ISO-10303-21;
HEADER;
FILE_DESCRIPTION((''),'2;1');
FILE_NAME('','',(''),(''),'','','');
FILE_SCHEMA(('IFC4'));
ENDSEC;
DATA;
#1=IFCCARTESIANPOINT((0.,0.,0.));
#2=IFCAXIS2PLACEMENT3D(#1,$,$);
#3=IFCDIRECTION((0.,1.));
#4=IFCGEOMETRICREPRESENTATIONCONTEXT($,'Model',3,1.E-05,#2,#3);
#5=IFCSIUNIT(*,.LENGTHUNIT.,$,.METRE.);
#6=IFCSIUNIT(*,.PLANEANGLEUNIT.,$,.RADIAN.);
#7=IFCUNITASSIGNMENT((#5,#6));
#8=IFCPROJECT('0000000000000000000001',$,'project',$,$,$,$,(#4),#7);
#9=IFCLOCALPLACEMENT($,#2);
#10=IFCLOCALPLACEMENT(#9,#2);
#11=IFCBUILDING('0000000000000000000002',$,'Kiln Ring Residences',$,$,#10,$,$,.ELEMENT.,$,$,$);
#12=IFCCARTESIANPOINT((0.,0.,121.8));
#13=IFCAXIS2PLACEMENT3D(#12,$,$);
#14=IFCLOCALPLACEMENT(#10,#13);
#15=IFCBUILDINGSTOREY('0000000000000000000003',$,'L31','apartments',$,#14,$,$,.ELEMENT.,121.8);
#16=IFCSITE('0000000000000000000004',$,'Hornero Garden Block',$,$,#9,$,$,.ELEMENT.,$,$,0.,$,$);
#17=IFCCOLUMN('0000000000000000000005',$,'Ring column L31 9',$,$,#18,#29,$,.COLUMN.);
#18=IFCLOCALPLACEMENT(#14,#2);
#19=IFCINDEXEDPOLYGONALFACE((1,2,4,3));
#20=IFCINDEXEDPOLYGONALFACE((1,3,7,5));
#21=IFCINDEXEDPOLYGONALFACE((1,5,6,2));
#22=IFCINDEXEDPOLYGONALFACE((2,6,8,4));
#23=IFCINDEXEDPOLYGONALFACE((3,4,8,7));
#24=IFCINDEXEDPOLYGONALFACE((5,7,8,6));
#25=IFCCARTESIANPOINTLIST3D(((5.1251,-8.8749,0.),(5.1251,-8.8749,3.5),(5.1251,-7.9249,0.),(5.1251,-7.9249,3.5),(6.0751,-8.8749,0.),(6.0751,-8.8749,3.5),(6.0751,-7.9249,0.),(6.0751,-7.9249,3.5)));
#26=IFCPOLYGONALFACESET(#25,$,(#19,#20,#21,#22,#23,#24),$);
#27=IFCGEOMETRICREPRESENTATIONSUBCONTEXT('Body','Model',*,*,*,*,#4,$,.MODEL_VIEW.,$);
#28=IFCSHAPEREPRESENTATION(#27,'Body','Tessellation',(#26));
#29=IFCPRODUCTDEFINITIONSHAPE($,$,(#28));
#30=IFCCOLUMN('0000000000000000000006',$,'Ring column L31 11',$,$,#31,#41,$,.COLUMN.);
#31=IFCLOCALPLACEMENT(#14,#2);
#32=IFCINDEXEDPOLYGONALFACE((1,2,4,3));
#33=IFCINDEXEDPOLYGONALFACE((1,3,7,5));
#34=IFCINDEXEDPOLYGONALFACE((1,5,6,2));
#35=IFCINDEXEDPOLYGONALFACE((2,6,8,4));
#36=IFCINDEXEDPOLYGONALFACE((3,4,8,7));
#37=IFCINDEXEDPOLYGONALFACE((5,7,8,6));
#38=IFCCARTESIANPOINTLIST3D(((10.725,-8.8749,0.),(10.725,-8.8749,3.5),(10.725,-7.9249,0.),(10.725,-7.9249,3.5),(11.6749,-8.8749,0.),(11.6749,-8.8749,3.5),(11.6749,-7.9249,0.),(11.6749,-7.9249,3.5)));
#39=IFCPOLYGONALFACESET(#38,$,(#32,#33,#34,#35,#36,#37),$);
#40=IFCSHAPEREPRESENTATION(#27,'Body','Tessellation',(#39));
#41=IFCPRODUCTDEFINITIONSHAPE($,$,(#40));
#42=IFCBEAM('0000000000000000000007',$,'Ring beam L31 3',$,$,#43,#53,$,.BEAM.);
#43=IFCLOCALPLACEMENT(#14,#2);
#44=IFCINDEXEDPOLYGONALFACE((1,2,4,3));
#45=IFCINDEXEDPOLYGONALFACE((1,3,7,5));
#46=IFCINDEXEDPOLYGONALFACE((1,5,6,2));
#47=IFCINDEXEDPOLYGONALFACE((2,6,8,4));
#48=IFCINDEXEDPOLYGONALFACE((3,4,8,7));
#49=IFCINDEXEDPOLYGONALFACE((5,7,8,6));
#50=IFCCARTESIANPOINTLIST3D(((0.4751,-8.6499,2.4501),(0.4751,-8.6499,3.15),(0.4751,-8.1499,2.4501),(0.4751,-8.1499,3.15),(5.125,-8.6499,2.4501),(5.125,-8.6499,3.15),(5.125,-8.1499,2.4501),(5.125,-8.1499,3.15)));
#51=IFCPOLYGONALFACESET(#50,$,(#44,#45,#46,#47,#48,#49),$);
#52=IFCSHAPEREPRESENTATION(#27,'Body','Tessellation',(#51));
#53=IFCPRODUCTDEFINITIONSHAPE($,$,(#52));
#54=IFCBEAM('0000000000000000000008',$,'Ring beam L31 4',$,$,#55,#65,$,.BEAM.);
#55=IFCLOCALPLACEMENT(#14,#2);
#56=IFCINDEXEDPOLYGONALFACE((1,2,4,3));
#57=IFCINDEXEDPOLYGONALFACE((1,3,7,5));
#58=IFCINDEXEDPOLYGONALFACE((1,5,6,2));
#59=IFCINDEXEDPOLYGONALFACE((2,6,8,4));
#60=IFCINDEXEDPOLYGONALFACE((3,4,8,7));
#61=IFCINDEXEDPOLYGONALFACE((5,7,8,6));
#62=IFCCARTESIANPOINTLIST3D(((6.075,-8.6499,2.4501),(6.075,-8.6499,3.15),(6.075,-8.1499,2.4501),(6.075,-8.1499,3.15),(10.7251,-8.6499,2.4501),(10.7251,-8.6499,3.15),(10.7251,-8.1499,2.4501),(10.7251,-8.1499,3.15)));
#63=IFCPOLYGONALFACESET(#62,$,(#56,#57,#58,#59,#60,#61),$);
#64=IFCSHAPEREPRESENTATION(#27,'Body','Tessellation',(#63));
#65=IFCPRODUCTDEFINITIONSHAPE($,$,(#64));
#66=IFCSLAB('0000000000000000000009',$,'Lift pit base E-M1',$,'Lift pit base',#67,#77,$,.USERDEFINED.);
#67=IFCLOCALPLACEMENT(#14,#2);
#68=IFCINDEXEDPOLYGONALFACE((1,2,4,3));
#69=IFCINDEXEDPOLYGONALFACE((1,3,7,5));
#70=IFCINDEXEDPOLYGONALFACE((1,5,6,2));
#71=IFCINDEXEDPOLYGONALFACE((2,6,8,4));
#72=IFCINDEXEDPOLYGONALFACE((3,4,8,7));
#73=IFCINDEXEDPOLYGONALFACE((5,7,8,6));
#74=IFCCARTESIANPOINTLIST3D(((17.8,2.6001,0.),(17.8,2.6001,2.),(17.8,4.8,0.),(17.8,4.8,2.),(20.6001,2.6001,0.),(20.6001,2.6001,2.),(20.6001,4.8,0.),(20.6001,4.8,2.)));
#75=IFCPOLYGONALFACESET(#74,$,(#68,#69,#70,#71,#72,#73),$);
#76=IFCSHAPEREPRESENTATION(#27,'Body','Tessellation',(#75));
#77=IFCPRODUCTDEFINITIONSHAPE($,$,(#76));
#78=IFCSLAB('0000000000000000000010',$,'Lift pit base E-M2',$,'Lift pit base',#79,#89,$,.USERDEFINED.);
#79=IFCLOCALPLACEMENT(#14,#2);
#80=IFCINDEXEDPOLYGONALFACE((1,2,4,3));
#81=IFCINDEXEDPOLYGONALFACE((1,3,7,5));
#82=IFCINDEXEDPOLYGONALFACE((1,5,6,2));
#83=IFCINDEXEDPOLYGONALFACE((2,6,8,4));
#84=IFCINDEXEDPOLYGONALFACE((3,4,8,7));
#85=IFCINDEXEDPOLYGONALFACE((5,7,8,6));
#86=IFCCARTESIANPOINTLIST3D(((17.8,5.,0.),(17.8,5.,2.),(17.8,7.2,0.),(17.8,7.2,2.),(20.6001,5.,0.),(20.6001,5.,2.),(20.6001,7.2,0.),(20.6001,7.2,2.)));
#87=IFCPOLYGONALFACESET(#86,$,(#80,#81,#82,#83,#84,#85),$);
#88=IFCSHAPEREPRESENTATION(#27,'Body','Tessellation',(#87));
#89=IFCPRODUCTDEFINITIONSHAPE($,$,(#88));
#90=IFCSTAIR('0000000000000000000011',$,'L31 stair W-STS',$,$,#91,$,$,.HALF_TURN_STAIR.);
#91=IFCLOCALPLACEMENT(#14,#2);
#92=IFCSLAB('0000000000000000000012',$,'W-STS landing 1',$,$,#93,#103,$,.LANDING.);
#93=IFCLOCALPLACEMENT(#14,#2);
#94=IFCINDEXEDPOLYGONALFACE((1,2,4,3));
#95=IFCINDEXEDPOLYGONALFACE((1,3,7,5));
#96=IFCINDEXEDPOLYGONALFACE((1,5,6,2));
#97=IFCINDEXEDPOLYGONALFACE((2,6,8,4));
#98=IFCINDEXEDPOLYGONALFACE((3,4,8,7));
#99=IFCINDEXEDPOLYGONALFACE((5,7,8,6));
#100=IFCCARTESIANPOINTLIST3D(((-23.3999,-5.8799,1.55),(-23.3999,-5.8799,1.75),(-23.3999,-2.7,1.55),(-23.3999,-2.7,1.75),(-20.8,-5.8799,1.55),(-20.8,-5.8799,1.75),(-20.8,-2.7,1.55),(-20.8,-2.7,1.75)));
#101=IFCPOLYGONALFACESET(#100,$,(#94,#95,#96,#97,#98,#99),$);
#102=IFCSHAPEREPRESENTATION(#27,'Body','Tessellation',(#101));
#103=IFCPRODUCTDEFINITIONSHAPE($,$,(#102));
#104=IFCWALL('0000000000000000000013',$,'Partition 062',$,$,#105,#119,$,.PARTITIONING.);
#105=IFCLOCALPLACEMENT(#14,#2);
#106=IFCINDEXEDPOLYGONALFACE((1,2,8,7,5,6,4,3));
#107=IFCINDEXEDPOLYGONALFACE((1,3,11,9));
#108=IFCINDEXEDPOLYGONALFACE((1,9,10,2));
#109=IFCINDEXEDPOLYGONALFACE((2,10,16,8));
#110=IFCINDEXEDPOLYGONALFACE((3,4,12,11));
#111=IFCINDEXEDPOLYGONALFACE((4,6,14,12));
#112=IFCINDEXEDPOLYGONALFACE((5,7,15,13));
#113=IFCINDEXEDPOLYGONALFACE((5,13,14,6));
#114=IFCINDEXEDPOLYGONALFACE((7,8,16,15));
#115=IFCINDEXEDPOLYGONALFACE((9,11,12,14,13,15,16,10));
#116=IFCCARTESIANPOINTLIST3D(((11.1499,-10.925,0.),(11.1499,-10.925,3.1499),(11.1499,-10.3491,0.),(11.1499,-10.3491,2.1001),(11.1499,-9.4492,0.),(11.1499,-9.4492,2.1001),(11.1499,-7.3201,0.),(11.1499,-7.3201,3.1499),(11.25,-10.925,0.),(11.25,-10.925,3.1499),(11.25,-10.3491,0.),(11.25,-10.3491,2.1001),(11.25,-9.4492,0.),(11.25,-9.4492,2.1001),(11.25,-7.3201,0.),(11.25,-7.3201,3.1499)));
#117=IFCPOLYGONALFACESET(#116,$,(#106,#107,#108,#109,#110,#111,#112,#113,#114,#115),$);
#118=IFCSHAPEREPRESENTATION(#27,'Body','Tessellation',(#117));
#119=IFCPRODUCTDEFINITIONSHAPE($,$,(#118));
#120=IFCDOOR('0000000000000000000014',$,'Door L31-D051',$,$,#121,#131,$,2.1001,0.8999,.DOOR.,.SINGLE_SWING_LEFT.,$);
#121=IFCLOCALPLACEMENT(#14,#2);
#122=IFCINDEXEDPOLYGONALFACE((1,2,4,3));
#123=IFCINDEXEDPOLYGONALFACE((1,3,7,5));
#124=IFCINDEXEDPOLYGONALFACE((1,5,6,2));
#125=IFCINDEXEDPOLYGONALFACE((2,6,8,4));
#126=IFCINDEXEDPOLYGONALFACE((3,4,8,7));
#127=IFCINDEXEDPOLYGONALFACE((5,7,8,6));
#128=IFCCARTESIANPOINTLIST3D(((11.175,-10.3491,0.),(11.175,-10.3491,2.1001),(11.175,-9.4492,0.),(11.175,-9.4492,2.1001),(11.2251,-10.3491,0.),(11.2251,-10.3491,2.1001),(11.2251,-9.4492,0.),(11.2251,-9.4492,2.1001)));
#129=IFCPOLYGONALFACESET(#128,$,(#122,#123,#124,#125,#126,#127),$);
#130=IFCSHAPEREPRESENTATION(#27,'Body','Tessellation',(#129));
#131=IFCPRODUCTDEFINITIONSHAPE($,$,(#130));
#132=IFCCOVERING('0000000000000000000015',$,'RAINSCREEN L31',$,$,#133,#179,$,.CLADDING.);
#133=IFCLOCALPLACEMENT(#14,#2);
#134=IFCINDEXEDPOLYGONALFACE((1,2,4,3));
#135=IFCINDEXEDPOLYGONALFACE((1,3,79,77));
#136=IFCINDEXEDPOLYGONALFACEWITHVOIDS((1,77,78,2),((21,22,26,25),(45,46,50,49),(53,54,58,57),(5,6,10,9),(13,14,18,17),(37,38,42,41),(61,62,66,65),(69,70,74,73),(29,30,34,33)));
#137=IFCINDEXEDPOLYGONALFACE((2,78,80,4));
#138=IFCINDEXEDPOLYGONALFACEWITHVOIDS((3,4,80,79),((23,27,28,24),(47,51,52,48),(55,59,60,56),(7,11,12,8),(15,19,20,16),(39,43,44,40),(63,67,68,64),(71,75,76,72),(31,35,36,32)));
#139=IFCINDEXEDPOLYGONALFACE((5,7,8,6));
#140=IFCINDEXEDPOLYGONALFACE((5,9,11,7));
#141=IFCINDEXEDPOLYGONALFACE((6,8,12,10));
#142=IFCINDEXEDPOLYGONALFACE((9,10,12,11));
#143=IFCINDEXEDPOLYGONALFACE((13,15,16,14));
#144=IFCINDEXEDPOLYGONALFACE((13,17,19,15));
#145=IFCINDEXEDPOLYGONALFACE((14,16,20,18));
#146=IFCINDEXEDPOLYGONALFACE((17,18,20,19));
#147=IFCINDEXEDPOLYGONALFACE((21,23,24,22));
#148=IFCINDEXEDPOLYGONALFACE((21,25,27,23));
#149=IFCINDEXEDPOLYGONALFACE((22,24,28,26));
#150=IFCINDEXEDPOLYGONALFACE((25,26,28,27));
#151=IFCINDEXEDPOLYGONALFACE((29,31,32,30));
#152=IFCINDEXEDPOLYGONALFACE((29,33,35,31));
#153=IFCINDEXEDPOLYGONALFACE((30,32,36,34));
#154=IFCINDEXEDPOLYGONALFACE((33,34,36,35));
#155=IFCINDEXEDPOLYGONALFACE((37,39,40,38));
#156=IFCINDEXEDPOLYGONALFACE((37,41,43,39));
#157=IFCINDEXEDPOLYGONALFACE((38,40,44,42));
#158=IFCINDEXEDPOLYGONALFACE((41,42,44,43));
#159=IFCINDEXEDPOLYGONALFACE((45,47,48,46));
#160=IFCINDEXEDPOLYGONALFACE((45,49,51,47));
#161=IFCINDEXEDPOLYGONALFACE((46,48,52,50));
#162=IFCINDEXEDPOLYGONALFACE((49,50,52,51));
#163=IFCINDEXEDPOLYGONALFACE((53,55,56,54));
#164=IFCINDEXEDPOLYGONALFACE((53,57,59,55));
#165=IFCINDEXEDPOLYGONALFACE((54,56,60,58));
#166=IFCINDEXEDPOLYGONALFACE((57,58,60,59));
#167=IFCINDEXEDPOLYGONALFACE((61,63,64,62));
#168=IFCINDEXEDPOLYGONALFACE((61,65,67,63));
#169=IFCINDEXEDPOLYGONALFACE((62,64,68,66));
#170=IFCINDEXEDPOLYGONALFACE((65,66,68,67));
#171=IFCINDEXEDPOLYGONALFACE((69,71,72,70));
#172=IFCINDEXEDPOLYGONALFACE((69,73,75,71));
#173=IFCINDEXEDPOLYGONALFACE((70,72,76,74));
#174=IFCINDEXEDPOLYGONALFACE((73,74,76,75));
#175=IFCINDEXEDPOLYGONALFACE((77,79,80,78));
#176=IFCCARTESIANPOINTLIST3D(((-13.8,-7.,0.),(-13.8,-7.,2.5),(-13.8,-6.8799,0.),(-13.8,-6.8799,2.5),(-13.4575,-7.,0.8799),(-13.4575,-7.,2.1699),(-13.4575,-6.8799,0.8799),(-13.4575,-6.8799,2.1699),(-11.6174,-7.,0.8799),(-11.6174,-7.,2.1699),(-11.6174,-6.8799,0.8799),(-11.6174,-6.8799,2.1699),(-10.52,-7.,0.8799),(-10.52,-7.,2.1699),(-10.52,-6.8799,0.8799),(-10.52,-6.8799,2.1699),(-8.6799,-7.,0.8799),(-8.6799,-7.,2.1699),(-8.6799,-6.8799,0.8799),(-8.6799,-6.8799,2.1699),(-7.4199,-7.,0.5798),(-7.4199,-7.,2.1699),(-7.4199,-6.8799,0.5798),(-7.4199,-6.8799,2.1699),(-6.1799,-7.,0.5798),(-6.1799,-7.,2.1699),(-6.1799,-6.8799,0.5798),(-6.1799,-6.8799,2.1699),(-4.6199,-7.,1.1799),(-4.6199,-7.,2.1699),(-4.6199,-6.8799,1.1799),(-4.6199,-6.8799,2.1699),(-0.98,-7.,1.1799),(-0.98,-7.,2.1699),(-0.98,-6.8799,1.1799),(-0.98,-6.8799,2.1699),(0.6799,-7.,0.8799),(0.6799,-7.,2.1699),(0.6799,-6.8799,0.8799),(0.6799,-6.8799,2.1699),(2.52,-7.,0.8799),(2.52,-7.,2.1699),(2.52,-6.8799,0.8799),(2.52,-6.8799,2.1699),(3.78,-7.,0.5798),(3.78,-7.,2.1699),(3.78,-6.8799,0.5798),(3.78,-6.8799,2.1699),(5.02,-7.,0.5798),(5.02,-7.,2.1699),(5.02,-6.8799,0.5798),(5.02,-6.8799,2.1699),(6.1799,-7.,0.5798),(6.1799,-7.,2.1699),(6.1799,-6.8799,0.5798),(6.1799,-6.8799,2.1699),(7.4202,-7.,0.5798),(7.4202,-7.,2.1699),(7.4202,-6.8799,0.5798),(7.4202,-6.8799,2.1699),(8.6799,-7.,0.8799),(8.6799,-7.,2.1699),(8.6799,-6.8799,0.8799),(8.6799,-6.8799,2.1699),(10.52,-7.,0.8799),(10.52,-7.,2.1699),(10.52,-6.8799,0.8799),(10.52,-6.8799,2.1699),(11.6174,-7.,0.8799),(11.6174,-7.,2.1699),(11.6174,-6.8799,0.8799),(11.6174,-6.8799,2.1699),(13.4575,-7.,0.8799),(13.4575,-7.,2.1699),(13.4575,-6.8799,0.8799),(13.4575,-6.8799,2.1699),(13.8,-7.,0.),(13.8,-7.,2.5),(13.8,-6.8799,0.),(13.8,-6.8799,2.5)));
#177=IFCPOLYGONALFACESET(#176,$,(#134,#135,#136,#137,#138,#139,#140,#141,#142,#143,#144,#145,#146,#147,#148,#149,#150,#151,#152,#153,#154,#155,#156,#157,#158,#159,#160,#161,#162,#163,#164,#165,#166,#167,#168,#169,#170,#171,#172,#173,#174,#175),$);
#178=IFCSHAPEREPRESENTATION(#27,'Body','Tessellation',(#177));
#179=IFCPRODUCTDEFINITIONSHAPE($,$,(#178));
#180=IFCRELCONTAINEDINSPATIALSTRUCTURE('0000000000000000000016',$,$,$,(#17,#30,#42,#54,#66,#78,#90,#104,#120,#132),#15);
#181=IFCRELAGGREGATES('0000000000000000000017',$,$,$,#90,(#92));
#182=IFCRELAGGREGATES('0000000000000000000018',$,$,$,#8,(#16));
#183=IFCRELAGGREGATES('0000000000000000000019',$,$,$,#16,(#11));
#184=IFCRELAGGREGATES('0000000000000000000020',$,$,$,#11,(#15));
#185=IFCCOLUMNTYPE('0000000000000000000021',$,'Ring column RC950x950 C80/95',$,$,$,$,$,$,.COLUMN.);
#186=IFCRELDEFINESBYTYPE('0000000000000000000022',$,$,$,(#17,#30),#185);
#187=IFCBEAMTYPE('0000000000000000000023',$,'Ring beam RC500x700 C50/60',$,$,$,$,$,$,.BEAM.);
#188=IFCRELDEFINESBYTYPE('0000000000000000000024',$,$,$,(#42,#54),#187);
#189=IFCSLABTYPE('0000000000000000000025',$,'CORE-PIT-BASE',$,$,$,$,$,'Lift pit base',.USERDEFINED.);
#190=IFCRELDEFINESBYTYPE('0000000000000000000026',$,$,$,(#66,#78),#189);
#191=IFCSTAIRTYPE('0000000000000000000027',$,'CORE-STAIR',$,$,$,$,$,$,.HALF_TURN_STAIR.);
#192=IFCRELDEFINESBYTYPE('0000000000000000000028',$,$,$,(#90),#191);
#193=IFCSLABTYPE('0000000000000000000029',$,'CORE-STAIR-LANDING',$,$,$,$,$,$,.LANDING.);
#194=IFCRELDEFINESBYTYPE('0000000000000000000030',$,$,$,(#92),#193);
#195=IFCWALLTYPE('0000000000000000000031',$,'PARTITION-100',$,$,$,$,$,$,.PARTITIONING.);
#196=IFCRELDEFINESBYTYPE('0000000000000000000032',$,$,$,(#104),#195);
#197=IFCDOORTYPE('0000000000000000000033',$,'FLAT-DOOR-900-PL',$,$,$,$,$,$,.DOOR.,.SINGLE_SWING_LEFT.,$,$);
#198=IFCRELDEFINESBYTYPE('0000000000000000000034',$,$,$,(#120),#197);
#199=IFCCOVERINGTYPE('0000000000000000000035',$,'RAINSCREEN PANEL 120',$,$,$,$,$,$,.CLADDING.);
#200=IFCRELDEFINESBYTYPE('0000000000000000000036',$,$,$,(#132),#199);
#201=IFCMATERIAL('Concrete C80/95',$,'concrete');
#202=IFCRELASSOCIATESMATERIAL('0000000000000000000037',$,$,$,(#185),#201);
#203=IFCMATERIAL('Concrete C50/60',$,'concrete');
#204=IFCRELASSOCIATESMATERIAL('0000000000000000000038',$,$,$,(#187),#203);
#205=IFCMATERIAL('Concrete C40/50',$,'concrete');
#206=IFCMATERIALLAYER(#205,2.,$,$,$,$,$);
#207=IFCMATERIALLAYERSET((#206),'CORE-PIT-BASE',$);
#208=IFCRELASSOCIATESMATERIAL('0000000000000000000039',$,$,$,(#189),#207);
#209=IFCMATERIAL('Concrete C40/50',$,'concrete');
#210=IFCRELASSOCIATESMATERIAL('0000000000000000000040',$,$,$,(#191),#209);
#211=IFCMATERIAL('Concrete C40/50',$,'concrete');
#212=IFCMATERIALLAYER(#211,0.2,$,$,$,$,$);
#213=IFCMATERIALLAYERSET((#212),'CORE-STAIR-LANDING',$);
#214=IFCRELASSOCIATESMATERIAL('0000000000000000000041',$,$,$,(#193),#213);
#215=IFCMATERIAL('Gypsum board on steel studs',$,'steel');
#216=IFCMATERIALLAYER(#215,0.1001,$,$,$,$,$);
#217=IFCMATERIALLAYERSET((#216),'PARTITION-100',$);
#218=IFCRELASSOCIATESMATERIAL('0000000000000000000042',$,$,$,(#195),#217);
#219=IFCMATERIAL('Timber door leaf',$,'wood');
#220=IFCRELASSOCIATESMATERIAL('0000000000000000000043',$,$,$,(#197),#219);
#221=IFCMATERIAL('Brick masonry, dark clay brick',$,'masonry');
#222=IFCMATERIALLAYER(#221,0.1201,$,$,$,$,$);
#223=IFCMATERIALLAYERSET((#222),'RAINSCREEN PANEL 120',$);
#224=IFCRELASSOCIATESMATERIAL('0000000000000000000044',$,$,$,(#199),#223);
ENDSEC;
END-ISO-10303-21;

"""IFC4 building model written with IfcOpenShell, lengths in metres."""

from ifc_helpers import new_model, si_unit, direction, frame, frame_2d, origin, origin_2d, place, context, subcontext, project, spatial, polyline, rectangle, outline, extrude, material, layer, layer_set, material_profile, profile_set, type_object, element, fill, aggregate, save


model = new_model("IFC4")

# Units and contexts
model_context = context("Model", 3, precision=1e-05, world=origin(), true_north=direction((0.0, 1.0)))
body_context = subcontext(model_context, "Body", "Model", "MODEL_VIEW")
ifc_project = project(units=[si_unit("LENGTHUNIT", "METRE"), si_unit("PLANEANGLEUNIT", "RADIAN")], contexts=[model_context])

# Site, building, storey
site_placement = place(None, origin())
site = spatial("IfcSite", under=ifc_project, at=site_placement, Name="Hornero Garden Block", CompositionType="ELEMENT", RefElevation=0.0)
building_placement = place(site_placement, origin())
building = spatial("IfcBuilding", under=site, at=building_placement, Name="Kiln Ring Residences", CompositionType="ELEMENT")
storey_placement = place(building_placement, frame((0.0, 0.0, 121.8)))
storey = spatial("IfcBuildingStorey", under=building, at=storey_placement, Name="L31", Description="apartments", CompositionType="ELEMENT", Elevation=121.8)

# Columns
ifc_material_1 = material(Name="Concrete C80/95", Category="concrete")
ifc_material_profile_1 = material_profile(ifc_material_1, rectangle(XDim=0.95, YDim=0.95, at=origin_2d()), Name="RC950x950")
ifc_profile_set_1 = profile_set([ifc_material_profile_1], Name="Concrete C80/95")
column_type = type_object("IfcColumnType", Name="Ring column RC950x950 C80/95", PredefinedType="COLUMN", material=ifc_profile_set_1)
for number, where, z_axis, x_axis, name in (
    (1, (5.6001, -8.3999, 0.0), (0.0, 0.0, 1.0), (1.0, 0.0, 0.0), "Ring column L31 9"),
    (2, (11.2, -8.3999, 0.0), (0.0, 0.0, 1.0), (1.0, 0.0, 0.0), "Ring column L31 11"),
):
    element("IfcColumn", number, at=place(storey_placement, frame(where, z_axis=z_axis, x_axis=x_axis)), inside=storey, type_object=column_type, Name=name, PredefinedType="COLUMN", context=body_context, shape_type="SweptSolid", body=[
        extrude(rectangle(XDim=0.95, YDim=0.95, at=origin_2d()), origin(), (0.0, 0.0, 1.0), 3.5),
    ])

# Beams
ifc_material_2 = material(Name="Concrete C50/60", Category="concrete")
ifc_material_profile_2 = material_profile(ifc_material_2, rectangle(XDim=0.5, YDim=0.7, at=origin_2d()), Name="RC500x700")
ifc_profile_set_2 = profile_set([ifc_material_profile_2], Name="Concrete C50/60")
beam_type = type_object("IfcBeamType", Name="Ring beam RC500x700 C50/60", PredefinedType="BEAM", material=ifc_profile_set_2)
beam_1_placement = place(storey_placement, frame((0.4751, -8.3999, 2.8), z_axis=(1.0, 0.0, 0.0), x_axis=(0.0, 1.0, 0.0)))
element("IfcBeam", 3, at=beam_1_placement, inside=storey, type_object=beam_type, Name="Ring beam L31 3", PredefinedType="BEAM", context=body_context, shape_type="SweptSolid", body=[
    extrude(rectangle(XDim=0.5, YDim=0.7, at=origin_2d()), origin(), (0.0, 0.0, 1.0), 4.6499),
])
beam_2_placement = place(storey_placement, frame((6.075, -8.3999, 2.8), z_axis=(1.0, 0.0, 0.0), x_axis=(0.0, 1.0, 0.0)))
element("IfcBeam", 4, at=beam_2_placement, inside=storey, type_object=beam_type, Name="Ring beam L31 4", PredefinedType="BEAM", context=body_context, shape_type="SweptSolid", body=[
    extrude(rectangle(XDim=0.5, YDim=0.7, at=origin_2d()), origin(), (0.0, 0.0, 1.0), 4.6501),
])

# Slabs
ifc_material_3 = material(Name="Concrete C40/50", Category="concrete")
ifc_layer_1 = layer(ifc_material_3, 2.0)
ifc_layer_set_1 = layer_set([ifc_layer_1], Name="CORE-PIT-BASE")
slab_type_1 = type_object("IfcSlabType", Name="CORE-PIT-BASE", ElementType="Lift pit base", PredefinedType="USERDEFINED", material=ifc_layer_set_1)
placement = place(storey_placement, origin())
element("IfcSlab", 5, at=placement, inside=storey, type_object=slab_type_1, Name="Lift pit base E-M1", ObjectType="Lift pit base", PredefinedType="USERDEFINED", context=body_context, shape_type="SweptSolid", body=[
    extrude(outline(polyline([(17.8, 2.6001), (20.6001, 2.6001), (20.6001, 4.8), (17.8, 4.8), (17.8, 2.6001)])), origin(), (0.0, 0.0, 1.0), 2.0),
])
element("IfcSlab", 6, at=placement, inside=storey, type_object=slab_type_1, Name="Lift pit base E-M2", ObjectType="Lift pit base", PredefinedType="USERDEFINED", context=body_context, shape_type="SweptSolid", body=[
    extrude(outline(polyline([(17.8, 5.0), (20.6001, 5.0), (20.6001, 7.2), (17.8, 7.2), (17.8, 5.0)])), origin(), (0.0, 0.0, 1.0), 2.0),
])

# Stair, slab
ifc_material_4 = material(Name="Concrete C40/50", Category="concrete")
stair_type = type_object("IfcStairType", Name="CORE-STAIR", PredefinedType="HALF_TURN_STAIR", material=ifc_material_4)
stair = element("IfcStair", 7, at=placement, inside=storey, type_object=stair_type, Name="L31 stair W-STS", PredefinedType="HALF_TURN_STAIR")
ifc_material_5 = material(Name="Concrete C40/50", Category="concrete")
ifc_layer_2 = layer(ifc_material_5, 0.2)
ifc_layer_set_2 = layer_set([ifc_layer_2], Name="CORE-STAIR-LANDING")
slab_type_2 = type_object("IfcSlabType", Name="CORE-STAIR-LANDING", PredefinedType="LANDING", material=ifc_layer_set_2)
slab_1_placement = place(storey_placement, frame((0.0, 0.0, 1.55)))
slab_1 = element("IfcSlab", 8, at=slab_1_placement, type_object=slab_type_2, Name="W-STS landing 1", PredefinedType="LANDING", context=body_context, shape_type="SweptSolid", body=[
    extrude(outline(polyline([(-20.8, -5.8799), (-20.8, -2.7), (-23.3999, -2.7), (-23.3999, -5.8799), (-20.8, -5.8799)])), origin(), (0.0, 0.0, 1.0), 0.2),
])
aggregate(stair, [slab_1])

# Wall, opening, door
ifc_material_6 = material(Name="Gypsum board on steel studs", Category="steel")
ifc_layer_3 = layer(ifc_material_6, 0.1001)
ifc_layer_set_3 = layer_set([ifc_layer_3], Name="PARTITION-100")
wall_type_1 = type_object("IfcWallType", Name="PARTITION-100", PredefinedType="PARTITIONING", material=ifc_layer_set_3)
wall_1_placement = place(storey_placement, frame((11.2, -10.925, 0.0), z_axis=(0.0, 0.0, 1.0), x_axis=(0.0, 1.0, 0.0)))
wall_1 = element("IfcWall", 9, at=wall_1_placement, inside=storey, type_object=wall_type_1, Name="Partition 062", PredefinedType="PARTITIONING", context=body_context, shape_type="SweptSolid", body=[
    extrude(rectangle(XDim=3.605, YDim=0.1001, at=frame_2d((1.8025, 0.0))), origin(), (0.0, 0.0, 1.0), 3.1499),
])
opening_1_placement = place(wall_1_placement, frame((0.5759, 0.0, 0.0)))
opening_1 = element("IfcOpeningElement", 10, at=opening_1_placement, cuts=wall_1, PredefinedType="OPENING", context=body_context, shape_type="SweptSolid", body=[
    extrude(rectangle(XDim=0.8999, YDim=2.1001, at=frame_2d((0.45, 1.05))), frame((0.0, 0.0601, 0.0), z_axis=(0.0, -1.0, 0.0), x_axis=(1.0, 0.0, 0.0)), (0.0, 0.0, 1.0), 0.1201),
])
ifc_material_7 = material(Name="Timber door leaf", Category="wood")
door_type = type_object("IfcDoorType", Name="FLAT-DOOR-900-PL", OperationType="SINGLE_SWING_LEFT", PredefinedType="DOOR", material=ifc_material_7)
door_placement = place(opening_1_placement, origin())
door = element("IfcDoor", 11, at=door_placement, inside=storey, type_object=door_type, Name="Door L31-D051", OperationType="SINGLE_SWING_LEFT", OverallHeight=2.1001, OverallWidth=0.8999, PredefinedType="DOOR", context=body_context, shape_type="SweptSolid", body=[
    extrude(rectangle(XDim=0.8999, YDim=2.1001, at=frame_2d((0.45, 1.05))), frame((0.0, 0.0249, 0.0), z_axis=(0.0, -1.0, 0.0), x_axis=(1.0, 0.0, 0.0)), (0.0, 0.0, 1.0), 0.05),
])
fill(opening_1, door)

# Covering
ifc_material_8 = material(Name="Brick masonry, dark clay brick", Category="masonry")
ifc_layer_4 = layer(ifc_material_8, 0.1201)
ifc_layer_set_4 = layer_set([ifc_layer_4], Name="RAINSCREEN PANEL 120")
covering_type = type_object("IfcCoveringType", Name="RAINSCREEN PANEL 120", PredefinedType="CLADDING", material=ifc_layer_set_4)
covering_placement = place(storey_placement, frame((13.8, -6.9399, 0.0), z_axis=(0.0, 0.0, 1.0), x_axis=(-1.0, 0.0, 0.0)))
element("IfcCovering", 12, at=covering_placement, inside=storey, type_object=covering_type, Name="RAINSCREEN L31", PredefinedType="CLADDING", context=body_context, shape_type="SweptSolid", body=[
    extrude(outline(polyline([(0.0, 0.0), (27.6001, 0.0), (27.6001, 2.5), (0.0, 2.5), (0.0, 0.0)]), holes=[polyline([(6.3799, 0.5798), (7.6201, 0.5798), (7.6201, 2.1699), (6.3799, 2.1699), (6.3799, 0.5798)]), polyline([(8.78, 0.5798), (10.02, 0.5798), (10.02, 2.1699), (8.78, 2.1699), (8.78, 0.5798)]), polyline([(19.98, 0.5798), (21.22, 0.5798), (21.22, 2.1699), (19.98, 2.1699), (19.98, 0.5798)]), polyline([(0.3425, 0.8799), (2.1826, 0.8799), (2.1826, 2.1699), (0.3425, 2.1699), (0.3425, 0.8799)]), polyline([(3.28, 0.8799), (5.1201, 0.8799), (5.1201, 2.1699), (3.28, 2.1699), (3.28, 0.8799)]), polyline([(11.28, 0.8799), (13.1201, 0.8799), (13.1201, 2.1699), (11.28, 2.1699), (11.28, 0.8799)]), polyline([(22.48, 0.8799), (24.3201, 0.8799), (24.3201, 2.1699), (22.48, 2.1699), (22.48, 0.8799)]), polyline([(25.4175, 2.1699), (25.4175, 0.8799), (27.2576, 0.8799), (27.2576, 2.1699), (25.4175, 2.1699)]), polyline([(14.78, 2.1699), (14.78, 1.1799), (18.4199, 1.1799), (18.4199, 2.1699), (14.78, 2.1699)])]), frame((0.0, 0.0601, 0.0), z_axis=(0.0, -1.0, 0.0), x_axis=(1.0, 0.0, 0.0)), (0.0, 0.0, 1.0), 0.1201),
])

save(model, "model.ifc")
